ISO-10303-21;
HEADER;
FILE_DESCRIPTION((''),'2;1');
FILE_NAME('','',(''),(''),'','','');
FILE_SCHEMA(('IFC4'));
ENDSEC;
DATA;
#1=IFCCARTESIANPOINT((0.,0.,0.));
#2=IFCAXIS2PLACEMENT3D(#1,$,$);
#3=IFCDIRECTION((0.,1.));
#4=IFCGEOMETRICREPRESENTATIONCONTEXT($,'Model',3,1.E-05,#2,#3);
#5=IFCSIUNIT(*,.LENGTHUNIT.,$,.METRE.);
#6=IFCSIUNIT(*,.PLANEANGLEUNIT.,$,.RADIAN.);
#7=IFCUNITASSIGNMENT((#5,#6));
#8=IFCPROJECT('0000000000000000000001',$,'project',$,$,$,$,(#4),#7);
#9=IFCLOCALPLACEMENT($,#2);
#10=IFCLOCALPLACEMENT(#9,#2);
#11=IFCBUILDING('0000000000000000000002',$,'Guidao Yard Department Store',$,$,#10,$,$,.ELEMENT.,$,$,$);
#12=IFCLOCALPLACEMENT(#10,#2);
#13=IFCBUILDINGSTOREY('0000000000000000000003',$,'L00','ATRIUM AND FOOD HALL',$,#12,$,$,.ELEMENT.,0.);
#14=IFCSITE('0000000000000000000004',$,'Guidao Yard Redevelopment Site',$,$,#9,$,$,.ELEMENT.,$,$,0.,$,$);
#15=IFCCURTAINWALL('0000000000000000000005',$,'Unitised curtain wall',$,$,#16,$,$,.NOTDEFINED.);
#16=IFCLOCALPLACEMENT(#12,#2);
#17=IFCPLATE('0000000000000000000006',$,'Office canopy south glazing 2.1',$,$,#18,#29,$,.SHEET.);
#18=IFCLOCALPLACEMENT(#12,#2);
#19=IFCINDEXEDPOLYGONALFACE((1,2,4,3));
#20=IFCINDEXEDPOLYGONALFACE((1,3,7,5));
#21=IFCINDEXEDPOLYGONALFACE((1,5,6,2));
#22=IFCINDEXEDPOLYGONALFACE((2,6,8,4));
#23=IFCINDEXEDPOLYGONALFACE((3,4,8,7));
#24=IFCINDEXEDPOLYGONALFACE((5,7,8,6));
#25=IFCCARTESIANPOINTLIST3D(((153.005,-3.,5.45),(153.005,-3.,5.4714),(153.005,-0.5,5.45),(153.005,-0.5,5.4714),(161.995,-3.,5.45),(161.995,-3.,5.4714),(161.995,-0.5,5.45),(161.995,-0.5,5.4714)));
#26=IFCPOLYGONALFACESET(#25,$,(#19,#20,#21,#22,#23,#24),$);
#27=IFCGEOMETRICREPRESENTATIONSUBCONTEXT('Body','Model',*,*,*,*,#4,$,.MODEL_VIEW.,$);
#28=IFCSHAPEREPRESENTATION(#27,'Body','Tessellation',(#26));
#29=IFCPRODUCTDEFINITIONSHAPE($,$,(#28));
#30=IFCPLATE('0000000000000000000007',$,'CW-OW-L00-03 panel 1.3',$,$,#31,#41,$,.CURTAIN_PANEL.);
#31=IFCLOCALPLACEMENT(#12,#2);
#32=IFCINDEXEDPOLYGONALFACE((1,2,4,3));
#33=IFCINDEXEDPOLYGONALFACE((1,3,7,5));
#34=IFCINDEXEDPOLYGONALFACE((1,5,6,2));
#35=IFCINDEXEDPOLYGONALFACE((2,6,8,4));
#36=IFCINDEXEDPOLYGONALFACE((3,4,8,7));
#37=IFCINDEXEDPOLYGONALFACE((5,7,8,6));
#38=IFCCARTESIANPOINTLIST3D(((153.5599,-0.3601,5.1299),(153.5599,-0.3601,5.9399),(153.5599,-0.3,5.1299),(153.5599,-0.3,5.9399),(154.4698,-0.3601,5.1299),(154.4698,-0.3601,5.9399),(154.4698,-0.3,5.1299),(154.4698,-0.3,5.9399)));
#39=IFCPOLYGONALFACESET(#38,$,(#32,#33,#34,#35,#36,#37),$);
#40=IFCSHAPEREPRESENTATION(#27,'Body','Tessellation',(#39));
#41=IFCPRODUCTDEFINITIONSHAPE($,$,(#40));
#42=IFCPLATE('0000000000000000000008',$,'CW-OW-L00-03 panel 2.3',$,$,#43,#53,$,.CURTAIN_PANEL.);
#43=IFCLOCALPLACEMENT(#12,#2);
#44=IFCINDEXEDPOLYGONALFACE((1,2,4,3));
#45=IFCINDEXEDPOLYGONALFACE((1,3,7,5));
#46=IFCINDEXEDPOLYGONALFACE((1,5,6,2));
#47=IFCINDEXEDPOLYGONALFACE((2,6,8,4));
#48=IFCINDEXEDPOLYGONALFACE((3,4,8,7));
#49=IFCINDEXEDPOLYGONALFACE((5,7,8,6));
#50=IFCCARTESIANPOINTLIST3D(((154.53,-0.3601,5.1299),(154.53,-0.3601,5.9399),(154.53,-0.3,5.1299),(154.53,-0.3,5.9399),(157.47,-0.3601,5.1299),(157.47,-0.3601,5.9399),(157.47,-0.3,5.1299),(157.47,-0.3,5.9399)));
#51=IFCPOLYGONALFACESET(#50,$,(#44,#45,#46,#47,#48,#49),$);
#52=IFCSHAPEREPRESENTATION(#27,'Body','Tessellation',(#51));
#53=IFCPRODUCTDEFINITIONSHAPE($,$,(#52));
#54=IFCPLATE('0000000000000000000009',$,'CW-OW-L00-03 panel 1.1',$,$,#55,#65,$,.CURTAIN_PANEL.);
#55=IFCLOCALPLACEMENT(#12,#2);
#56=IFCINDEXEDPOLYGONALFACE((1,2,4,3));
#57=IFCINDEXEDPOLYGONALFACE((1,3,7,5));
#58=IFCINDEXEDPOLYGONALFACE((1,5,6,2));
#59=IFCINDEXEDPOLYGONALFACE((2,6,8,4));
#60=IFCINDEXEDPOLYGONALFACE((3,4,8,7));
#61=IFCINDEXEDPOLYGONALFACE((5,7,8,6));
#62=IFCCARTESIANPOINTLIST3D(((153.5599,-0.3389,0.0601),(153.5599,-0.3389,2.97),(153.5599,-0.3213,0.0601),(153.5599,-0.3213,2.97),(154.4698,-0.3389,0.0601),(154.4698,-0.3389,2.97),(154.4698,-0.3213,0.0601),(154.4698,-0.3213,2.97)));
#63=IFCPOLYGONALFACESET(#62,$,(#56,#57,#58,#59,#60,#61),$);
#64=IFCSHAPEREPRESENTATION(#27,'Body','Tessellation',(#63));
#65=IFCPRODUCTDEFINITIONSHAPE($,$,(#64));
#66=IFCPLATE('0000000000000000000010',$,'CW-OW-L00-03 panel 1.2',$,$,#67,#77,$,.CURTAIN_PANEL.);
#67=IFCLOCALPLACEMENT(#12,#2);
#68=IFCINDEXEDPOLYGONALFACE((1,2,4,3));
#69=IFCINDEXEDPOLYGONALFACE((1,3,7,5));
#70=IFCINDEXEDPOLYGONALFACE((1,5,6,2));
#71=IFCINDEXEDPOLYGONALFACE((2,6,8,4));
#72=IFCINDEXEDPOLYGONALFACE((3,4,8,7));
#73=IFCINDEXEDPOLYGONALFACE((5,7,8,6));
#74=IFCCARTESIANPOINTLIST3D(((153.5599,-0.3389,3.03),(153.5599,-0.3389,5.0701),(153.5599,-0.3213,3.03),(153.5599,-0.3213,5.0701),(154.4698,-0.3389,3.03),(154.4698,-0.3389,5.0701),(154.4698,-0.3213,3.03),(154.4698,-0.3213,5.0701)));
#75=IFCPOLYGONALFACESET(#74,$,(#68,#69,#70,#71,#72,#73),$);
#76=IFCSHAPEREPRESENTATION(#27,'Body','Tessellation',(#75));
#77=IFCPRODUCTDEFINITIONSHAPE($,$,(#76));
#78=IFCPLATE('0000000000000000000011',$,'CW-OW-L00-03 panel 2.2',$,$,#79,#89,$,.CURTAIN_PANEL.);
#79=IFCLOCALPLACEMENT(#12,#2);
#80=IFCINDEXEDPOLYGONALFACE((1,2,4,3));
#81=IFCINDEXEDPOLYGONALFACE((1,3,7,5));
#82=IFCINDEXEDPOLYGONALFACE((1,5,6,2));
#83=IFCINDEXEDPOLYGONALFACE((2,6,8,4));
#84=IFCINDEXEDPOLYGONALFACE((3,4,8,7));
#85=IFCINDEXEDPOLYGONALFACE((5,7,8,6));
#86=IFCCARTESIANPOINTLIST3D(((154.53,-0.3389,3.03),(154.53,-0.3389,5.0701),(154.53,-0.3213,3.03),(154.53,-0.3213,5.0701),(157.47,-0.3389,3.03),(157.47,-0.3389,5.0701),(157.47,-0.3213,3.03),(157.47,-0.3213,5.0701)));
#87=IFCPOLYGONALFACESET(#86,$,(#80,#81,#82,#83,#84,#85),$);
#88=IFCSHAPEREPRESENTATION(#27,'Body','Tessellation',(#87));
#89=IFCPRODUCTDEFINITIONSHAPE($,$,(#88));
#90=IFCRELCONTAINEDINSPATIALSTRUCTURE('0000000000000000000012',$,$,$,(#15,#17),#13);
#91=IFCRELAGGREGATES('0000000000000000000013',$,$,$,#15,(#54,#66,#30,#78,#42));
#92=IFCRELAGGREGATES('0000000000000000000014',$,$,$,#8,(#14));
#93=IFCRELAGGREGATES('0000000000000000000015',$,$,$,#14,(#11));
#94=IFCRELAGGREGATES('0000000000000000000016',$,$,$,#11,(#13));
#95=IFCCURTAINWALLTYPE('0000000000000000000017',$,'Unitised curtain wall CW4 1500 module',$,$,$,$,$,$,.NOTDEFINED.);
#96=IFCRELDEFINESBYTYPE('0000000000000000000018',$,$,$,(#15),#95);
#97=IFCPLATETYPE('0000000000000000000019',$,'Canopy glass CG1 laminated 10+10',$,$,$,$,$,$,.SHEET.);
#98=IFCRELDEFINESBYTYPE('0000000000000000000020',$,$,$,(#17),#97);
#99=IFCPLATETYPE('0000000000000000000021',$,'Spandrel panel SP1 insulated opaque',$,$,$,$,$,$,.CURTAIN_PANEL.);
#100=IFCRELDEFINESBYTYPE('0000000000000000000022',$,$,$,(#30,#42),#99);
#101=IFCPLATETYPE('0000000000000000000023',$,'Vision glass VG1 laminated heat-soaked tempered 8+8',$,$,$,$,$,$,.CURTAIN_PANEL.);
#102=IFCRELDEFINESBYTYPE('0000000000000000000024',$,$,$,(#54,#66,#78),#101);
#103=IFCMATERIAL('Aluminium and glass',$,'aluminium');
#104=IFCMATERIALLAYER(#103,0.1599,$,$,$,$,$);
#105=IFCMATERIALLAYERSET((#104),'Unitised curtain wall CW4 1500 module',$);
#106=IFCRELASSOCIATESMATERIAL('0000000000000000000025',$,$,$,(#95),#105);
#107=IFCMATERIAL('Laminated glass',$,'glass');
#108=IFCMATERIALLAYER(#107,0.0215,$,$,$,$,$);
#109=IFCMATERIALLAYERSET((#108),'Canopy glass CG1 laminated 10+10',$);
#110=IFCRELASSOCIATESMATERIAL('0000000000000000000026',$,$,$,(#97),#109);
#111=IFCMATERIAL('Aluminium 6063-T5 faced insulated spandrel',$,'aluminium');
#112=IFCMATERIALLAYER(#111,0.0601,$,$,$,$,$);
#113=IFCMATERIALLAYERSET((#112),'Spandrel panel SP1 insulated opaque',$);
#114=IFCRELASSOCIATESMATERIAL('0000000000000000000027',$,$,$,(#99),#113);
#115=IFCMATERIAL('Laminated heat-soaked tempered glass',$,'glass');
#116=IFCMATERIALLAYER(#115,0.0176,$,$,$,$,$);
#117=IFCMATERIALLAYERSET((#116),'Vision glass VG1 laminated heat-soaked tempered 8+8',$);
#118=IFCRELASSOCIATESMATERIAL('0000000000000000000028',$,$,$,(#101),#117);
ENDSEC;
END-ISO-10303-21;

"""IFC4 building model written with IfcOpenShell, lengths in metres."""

from ifc_helpers import new_model, si_unit, direction, frame, origin, origin_2d, place, context, subcontext, project, spatial, rectangle, extrude, material, layer, layer_set, type_object, element, aggregate, save


model = new_model("IFC4")

# Units and contexts
model_context = context("Model", 3, precision=1e-05, world=origin(), true_north=direction((0.0, 1.0)))
body_context = subcontext(model_context, "Body", "Model", "MODEL_VIEW")
ifc_project = project(units=[si_unit("LENGTHUNIT", "METRE"), si_unit("PLANEANGLEUNIT", "RADIAN")], contexts=[model_context])

# Site, building, storey
site_placement = place(None, origin())
site = spatial("IfcSite", under=ifc_project, at=site_placement, Name="Guidao Yard Redevelopment Site", CompositionType="ELEMENT", RefElevation=0.0)
building_placement = place(site_placement, origin())
building = spatial("IfcBuilding", under=site, at=building_placement, Name="Guidao Yard Department Store", CompositionType="ELEMENT")
storey_placement = place(building_placement, origin())
storey = spatial("IfcBuildingStorey", under=building, at=storey_placement, Name="L00", Description="ATRIUM AND FOOD HALL", CompositionType="ELEMENT", Elevation=0.0)

# Shared definitions
ifc_material_1 = material(Name="Aluminium and glass", Category="aluminium")
ifc_layer_1 = layer(ifc_material_1, 0.1599)
ifc_layer_set_1 = layer_set([ifc_layer_1], Name="Unitised curtain wall CW4 1500 module")
curtain_wall_type = type_object("IfcCurtainWallType", Name="Unitised curtain wall CW4 1500 module", PredefinedType="NOTDEFINED", material=ifc_layer_set_1)

# Curtain wall
curtain_wall_1_placement = place(storey_placement, origin())
curtain_wall_1 = element("IfcCurtainWall", 1, at=curtain_wall_1_placement, inside=storey, type_object=curtain_wall_type, Name="Unitised curtain wall", PredefinedType="NOTDEFINED")

# Plates
ifc_material_2 = material(Name="Laminated glass", Category="glass")
ifc_layer_2 = layer(ifc_material_2, 0.0215)
ifc_layer_set_2 = layer_set([ifc_layer_2], Name="Canopy glass CG1 laminated 10+10")
plate_type_1 = type_object("IfcPlateType", Name="Canopy glass CG1 laminated 10+10", PredefinedType="SHEET", material=ifc_layer_set_2)
plate_1_placement = place(storey_placement, frame((157.5, -1.75, 5.45), z_axis=(0.0, 0.0, 1.0), x_axis=(1.0, 0.0, 0.0)))
element("IfcPlate", 2, at=plate_1_placement, inside=storey, type_object=plate_type_1, Name="Office canopy south glazing 2.1", PredefinedType="SHEET", context=body_context, shape_type="SweptSolid", body=[
    extrude(rectangle(XDim=8.99, YDim=2.5, at=origin_2d()), origin(), (0.0, 0.0, 1.0), 0.0215),
])
ifc_material_3 = material(Name="Aluminium 6063-T5 faced insulated spandrel", Category="aluminium")
ifc_layer_3 = layer(ifc_material_3, 0.0601)
ifc_layer_set_3 = layer_set([ifc_layer_3], Name="Spandrel panel SP1 insulated opaque")
plate_type_2 = type_object("IfcPlateType", Name="Spandrel panel SP1 insulated opaque", PredefinedType="CURTAIN_PANEL", material=ifc_layer_set_3)
plate_2_placement = place(storey_placement, frame((154.0149, -0.3301, 5.1299), z_axis=(0.0, 0.0, 1.0), x_axis=(-1.0, 0.0, 0.0)))
plate_2 = element("IfcPlate", 3, at=plate_2_placement, type_object=plate_type_2, Name="CW-OW-L00-03 panel 1.3", PredefinedType="CURTAIN_PANEL", context=body_context, shape_type="SweptSolid", body=[
    extrude(rectangle(XDim=0.9099, YDim=0.0601, at=origin_2d()), origin(), (0.0, 0.0, 1.0), 0.8101),
])
plate_3_placement = place(storey_placement, frame((156.0, -0.3301, 5.1299), z_axis=(0.0, 0.0, 1.0), x_axis=(-1.0, 0.0, 0.0)))
plate_3 = element("IfcPlate", 4, at=plate_3_placement, type_object=plate_type_2, Name="CW-OW-L00-03 panel 2.3", PredefinedType="CURTAIN_PANEL", context=body_context, shape_type="SweptSolid", body=[
    extrude(rectangle(XDim=2.9399, YDim=0.0601, at=origin_2d()), origin(), (0.0, 0.0, 1.0), 0.8101),
])
ifc_material_4 = material(Name="Laminated heat-soaked tempered glass", Category="glass")
ifc_layer_4 = layer(ifc_material_4, 0.0176)
ifc_layer_set_4 = layer_set([ifc_layer_4], Name="Vision glass VG1 laminated heat-soaked tempered 8+8")
plate_type_3 = type_object("IfcPlateType", Name="Vision glass VG1 laminated heat-soaked tempered 8+8", PredefinedType="CURTAIN_PANEL", material=ifc_layer_set_4)
plate_4_placement = place(storey_placement, frame((154.0149, -0.3301, 0.0601), z_axis=(0.0, 0.0, 1.0), x_axis=(-1.0, 0.0, 0.0)))
plate_4 = element("IfcPlate", 5, at=plate_4_placement, type_object=plate_type_3, Name="CW-OW-L00-03 panel 1.1", PredefinedType="CURTAIN_PANEL", context=body_context, shape_type="SweptSolid", body=[
    extrude(rectangle(XDim=0.9099, YDim=0.0176, at=origin_2d()), origin(), (0.0, 0.0, 1.0), 2.9099),
])
plate_5_placement = place(storey_placement, frame((154.0149, -0.3301, 3.03), z_axis=(0.0, 0.0, 1.0), x_axis=(-1.0, 0.0, 0.0)))
plate_5 = element("IfcPlate", 6, at=plate_5_placement, type_object=plate_type_3, Name="CW-OW-L00-03 panel 1.2", PredefinedType="CURTAIN_PANEL", context=body_context, shape_type="SweptSolid", body=[
    extrude(rectangle(XDim=0.9099, YDim=0.0176, at=origin_2d()), origin(), (0.0, 0.0, 1.0), 2.04),
])
plate_6_placement = place(storey_placement, frame((156.0, -0.3301, 3.03), z_axis=(0.0, 0.0, 1.0), x_axis=(-1.0, 0.0, 0.0)))
plate_6 = element("IfcPlate", 7, at=plate_6_placement, type_object=plate_type_3, Name="CW-OW-L00-03 panel 2.2", PredefinedType="CURTAIN_PANEL", context=body_context, shape_type="SweptSolid", body=[
    extrude(rectangle(XDim=2.9399, YDim=0.0176, at=origin_2d()), origin(), (0.0, 0.0, 1.0), 2.04),
])
aggregate(curtain_wall_1, [plate_4, plate_5, plate_2, plate_6, plate_3])

save(model, "model.ifc")
